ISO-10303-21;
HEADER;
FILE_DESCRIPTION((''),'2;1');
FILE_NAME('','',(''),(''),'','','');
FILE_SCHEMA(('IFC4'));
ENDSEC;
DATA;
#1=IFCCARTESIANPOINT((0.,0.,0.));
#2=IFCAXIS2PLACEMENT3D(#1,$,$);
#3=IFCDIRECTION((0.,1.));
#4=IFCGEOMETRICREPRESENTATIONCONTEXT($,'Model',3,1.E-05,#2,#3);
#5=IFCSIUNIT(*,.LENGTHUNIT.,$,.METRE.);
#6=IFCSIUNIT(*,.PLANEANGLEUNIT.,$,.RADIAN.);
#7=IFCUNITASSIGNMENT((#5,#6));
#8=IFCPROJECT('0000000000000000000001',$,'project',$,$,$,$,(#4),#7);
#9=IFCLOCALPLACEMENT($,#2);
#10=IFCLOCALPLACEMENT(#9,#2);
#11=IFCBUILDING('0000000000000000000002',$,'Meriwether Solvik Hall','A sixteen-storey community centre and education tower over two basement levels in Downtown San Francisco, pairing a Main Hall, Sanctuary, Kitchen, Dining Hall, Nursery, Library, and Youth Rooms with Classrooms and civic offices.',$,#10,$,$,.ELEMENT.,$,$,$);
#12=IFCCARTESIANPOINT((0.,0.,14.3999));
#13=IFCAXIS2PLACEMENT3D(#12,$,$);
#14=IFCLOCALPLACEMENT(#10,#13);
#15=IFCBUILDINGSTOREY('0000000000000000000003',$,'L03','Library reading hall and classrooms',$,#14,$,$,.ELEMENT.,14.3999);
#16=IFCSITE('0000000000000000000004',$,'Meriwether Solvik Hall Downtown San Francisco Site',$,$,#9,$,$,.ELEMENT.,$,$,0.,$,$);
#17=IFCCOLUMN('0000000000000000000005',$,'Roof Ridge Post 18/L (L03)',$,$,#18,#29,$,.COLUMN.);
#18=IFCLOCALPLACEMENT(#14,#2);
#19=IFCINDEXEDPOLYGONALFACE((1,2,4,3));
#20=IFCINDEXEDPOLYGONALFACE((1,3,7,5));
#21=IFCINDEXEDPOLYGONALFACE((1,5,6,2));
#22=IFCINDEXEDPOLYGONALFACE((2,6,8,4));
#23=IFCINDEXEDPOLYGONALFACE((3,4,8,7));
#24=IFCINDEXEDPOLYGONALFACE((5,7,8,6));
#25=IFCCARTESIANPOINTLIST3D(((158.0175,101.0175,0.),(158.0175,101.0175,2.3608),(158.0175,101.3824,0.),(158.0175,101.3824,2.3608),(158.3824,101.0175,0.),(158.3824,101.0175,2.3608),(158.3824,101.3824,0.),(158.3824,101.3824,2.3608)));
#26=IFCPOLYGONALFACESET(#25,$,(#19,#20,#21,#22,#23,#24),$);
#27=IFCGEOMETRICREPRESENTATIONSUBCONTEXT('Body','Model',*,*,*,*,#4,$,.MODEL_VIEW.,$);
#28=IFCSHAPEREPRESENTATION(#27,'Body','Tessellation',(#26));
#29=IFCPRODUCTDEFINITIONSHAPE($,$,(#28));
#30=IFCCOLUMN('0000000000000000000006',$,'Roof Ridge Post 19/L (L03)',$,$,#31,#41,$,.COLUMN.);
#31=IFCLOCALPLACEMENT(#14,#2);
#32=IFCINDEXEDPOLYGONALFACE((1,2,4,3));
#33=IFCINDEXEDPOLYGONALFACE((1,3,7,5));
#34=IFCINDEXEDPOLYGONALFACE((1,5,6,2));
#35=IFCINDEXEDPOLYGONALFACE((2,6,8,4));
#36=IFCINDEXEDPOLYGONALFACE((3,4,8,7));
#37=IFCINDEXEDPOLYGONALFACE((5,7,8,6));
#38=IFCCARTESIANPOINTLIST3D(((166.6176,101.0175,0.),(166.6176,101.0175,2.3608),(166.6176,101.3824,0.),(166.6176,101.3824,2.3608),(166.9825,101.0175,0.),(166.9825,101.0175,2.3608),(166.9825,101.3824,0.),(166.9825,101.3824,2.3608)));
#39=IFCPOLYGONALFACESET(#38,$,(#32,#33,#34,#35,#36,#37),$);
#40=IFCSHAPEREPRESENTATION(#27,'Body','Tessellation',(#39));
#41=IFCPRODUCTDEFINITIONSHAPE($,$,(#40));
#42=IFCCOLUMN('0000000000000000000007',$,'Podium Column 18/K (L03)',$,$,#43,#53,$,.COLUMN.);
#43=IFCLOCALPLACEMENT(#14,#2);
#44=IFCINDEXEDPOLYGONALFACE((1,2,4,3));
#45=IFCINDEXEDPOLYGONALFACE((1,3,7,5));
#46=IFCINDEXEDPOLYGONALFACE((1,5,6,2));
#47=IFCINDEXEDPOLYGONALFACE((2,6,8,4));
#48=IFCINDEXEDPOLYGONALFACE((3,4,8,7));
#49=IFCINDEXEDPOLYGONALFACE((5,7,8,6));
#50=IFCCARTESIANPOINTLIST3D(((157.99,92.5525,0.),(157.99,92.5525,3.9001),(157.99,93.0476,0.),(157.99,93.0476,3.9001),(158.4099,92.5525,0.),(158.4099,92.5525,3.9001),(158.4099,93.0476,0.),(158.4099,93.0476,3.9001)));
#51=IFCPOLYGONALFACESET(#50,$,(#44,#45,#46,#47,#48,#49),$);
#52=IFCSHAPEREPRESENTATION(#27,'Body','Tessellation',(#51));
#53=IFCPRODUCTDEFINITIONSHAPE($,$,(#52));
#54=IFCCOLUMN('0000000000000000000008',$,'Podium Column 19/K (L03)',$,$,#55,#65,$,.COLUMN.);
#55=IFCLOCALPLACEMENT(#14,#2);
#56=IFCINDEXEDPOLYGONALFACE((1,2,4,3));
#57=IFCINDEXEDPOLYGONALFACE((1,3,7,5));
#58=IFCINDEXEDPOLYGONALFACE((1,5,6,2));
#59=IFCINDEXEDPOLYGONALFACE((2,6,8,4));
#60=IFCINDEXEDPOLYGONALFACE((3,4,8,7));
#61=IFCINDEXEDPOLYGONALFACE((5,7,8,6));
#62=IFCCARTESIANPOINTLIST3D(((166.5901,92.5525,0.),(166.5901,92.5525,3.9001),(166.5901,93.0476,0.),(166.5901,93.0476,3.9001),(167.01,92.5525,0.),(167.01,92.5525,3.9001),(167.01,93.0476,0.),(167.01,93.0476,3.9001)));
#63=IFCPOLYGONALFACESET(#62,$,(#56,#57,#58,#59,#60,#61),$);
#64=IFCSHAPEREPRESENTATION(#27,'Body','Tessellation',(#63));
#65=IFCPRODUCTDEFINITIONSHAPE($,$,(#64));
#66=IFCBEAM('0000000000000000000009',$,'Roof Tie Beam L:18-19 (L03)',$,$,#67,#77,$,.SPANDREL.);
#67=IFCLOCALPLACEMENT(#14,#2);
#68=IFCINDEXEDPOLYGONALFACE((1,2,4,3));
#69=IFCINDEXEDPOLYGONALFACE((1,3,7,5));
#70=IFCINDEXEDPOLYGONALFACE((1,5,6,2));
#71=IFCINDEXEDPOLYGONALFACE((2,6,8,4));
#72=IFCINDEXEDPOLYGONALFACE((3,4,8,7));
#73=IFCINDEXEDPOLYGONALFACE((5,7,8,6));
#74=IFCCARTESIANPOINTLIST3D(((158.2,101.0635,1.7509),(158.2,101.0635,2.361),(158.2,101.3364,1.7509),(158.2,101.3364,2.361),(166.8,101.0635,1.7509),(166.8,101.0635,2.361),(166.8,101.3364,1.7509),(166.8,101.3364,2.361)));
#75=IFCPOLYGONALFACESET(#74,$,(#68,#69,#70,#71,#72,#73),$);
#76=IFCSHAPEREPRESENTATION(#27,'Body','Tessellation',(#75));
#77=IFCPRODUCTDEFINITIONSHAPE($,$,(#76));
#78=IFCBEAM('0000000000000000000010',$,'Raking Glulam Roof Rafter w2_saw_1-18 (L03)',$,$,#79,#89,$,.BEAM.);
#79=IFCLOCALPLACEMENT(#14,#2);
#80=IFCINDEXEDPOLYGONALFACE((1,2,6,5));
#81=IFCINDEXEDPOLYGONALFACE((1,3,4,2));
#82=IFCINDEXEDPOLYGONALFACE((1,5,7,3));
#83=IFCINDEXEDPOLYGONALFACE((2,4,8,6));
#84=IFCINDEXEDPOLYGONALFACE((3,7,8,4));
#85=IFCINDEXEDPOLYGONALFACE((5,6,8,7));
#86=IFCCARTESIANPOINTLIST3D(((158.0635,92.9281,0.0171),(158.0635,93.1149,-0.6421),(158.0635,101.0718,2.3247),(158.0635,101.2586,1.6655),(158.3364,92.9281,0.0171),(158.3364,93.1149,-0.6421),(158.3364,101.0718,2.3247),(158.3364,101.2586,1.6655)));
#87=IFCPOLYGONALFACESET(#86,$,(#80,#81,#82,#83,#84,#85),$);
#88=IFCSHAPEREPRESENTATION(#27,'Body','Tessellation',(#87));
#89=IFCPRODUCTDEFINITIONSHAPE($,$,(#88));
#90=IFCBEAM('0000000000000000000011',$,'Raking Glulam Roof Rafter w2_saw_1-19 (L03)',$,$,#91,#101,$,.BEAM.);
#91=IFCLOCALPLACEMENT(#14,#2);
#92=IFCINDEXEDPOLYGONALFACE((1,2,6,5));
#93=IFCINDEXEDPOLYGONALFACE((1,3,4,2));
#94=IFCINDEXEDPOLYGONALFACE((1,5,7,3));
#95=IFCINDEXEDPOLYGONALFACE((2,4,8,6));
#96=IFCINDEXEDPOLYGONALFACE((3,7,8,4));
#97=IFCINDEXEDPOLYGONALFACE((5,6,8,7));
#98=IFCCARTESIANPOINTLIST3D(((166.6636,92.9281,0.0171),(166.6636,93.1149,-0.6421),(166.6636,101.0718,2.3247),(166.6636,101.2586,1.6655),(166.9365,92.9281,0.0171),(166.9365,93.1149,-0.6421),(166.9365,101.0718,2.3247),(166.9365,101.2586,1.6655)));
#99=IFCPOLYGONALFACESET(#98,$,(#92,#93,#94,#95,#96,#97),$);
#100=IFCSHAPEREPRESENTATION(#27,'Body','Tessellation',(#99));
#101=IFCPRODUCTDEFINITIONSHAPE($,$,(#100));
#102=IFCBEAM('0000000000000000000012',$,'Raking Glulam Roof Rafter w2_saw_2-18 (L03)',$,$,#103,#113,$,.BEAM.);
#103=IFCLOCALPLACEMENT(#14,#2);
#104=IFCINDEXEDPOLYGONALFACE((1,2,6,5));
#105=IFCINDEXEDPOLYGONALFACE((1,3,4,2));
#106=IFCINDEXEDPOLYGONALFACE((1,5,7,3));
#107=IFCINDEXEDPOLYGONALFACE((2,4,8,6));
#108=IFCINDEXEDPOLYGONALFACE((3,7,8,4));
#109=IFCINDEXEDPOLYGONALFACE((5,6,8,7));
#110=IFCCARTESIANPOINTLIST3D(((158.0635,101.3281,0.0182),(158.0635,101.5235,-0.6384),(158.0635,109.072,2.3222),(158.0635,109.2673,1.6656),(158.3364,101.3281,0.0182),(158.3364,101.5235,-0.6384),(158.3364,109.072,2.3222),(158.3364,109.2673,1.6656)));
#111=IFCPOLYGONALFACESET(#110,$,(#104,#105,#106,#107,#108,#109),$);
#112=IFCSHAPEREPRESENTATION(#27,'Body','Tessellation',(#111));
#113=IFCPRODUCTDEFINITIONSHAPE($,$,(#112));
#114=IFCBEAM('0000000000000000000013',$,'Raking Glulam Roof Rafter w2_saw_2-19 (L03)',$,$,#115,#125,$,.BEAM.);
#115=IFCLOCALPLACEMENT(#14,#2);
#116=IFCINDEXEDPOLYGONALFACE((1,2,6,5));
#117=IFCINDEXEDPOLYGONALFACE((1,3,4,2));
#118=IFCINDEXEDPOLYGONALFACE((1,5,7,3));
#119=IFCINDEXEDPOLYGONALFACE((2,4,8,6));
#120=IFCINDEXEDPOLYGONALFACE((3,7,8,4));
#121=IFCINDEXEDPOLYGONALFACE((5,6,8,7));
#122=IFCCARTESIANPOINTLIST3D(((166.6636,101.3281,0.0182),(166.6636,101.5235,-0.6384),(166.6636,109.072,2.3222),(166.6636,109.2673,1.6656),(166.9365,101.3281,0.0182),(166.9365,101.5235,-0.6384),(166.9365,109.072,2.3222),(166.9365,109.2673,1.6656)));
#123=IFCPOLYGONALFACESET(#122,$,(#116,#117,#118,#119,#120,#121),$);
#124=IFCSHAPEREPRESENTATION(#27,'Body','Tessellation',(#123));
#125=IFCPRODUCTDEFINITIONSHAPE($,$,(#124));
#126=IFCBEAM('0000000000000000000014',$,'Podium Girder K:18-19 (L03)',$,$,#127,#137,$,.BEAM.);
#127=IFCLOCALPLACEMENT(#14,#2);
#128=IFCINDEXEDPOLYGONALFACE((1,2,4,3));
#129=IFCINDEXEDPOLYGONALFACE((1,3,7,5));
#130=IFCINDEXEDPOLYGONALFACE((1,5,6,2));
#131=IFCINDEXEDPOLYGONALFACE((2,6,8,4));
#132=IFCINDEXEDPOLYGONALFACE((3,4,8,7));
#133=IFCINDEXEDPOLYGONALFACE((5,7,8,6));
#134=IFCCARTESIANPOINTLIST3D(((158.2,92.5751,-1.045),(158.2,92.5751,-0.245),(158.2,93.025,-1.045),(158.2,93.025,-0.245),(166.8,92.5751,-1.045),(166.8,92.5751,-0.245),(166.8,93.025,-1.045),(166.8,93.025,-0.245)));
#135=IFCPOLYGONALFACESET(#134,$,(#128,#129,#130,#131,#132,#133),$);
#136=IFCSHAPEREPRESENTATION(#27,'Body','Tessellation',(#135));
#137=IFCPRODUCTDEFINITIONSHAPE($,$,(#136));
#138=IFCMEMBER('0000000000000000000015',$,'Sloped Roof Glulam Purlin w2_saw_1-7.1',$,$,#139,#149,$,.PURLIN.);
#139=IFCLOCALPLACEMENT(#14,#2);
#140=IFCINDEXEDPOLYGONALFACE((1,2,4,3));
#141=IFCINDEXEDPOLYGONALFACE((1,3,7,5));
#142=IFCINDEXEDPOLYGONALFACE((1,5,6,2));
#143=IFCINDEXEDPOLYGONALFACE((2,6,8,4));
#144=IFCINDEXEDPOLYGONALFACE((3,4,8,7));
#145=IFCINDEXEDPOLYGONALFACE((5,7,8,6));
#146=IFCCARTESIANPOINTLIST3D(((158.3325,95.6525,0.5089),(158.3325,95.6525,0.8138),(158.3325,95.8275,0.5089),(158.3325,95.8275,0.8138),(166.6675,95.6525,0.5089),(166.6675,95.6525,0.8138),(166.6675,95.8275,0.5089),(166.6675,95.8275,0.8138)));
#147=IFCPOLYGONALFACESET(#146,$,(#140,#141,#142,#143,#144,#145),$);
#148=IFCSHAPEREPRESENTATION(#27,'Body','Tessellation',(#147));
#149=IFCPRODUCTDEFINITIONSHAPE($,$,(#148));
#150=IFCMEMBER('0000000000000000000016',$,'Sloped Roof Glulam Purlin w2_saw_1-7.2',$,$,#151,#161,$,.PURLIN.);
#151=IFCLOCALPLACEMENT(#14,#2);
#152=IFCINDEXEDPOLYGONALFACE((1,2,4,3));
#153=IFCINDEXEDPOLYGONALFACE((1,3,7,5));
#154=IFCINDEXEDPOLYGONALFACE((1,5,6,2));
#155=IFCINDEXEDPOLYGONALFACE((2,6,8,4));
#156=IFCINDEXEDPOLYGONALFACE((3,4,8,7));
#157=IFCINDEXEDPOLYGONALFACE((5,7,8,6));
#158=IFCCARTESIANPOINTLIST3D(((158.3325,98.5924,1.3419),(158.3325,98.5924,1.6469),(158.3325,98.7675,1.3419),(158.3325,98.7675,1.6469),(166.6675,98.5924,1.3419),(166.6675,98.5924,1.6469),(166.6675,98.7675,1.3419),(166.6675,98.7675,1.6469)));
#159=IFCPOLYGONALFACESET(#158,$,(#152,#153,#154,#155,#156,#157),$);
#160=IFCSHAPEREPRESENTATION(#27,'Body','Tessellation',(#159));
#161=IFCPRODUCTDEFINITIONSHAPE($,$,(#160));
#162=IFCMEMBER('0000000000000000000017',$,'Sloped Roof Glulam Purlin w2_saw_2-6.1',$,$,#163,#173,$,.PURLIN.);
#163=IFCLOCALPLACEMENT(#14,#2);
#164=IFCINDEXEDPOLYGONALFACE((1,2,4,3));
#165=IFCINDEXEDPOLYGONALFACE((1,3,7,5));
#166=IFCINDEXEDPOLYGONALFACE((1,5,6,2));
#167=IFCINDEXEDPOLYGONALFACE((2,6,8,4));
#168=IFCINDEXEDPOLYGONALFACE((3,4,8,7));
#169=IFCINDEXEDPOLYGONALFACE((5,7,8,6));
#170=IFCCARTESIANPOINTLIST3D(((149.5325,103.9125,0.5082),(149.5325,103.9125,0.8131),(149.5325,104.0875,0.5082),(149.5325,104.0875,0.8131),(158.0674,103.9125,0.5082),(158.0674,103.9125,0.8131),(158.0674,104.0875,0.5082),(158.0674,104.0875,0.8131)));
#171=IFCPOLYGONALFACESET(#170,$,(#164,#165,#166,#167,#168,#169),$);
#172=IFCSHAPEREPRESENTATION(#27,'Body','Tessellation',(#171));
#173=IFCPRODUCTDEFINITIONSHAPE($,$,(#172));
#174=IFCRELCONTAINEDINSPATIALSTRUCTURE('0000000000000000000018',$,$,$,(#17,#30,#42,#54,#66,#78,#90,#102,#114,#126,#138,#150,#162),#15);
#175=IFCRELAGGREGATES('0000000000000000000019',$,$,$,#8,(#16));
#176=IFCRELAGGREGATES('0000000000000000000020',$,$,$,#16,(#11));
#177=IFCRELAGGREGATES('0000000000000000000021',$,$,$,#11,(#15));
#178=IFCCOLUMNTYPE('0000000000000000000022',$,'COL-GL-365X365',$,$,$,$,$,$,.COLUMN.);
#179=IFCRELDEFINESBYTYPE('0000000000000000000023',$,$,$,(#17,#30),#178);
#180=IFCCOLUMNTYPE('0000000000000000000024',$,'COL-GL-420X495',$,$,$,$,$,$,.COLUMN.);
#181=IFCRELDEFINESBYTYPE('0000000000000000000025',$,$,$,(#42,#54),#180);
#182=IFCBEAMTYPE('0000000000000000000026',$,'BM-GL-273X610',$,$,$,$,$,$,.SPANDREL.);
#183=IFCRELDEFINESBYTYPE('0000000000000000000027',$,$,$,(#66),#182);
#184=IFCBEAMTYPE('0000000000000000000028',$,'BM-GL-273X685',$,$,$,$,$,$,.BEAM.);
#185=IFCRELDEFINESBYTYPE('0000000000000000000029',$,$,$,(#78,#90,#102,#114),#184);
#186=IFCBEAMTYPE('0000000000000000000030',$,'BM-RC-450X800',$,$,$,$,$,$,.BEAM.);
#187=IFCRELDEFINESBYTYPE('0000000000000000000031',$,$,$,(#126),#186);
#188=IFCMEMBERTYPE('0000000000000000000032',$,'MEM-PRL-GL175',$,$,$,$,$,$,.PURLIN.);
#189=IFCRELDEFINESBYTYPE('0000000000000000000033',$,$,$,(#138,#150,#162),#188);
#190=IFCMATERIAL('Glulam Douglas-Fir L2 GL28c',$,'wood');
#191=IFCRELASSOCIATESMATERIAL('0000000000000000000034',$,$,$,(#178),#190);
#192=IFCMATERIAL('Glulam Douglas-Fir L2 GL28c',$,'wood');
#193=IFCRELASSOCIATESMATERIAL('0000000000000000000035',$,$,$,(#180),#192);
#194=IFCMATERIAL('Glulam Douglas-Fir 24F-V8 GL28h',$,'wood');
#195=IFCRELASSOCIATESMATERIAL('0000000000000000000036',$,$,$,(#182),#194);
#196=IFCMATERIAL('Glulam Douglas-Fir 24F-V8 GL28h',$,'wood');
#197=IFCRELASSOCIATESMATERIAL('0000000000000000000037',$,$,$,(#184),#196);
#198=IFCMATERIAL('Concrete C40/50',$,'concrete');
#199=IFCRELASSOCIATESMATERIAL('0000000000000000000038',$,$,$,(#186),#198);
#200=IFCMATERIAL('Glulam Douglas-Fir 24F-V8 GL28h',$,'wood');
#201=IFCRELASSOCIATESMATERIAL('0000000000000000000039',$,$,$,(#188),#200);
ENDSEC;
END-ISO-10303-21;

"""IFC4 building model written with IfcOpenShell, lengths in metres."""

from ifc_helpers import new_model, si_unit, direction, frame, origin, origin_2d, place, context, subcontext, project, spatial, rectangle, extrude, material, material_profile, profile_set, type_object, element, save


model = new_model("IFC4")

# Units and contexts
model_context = context("Model", 3, precision=1e-05, world=origin(), true_north=direction((0.0, 1.0)))
body_context = subcontext(model_context, "Body", "Model", "MODEL_VIEW")
ifc_project = project(units=[si_unit("LENGTHUNIT", "METRE"), si_unit("PLANEANGLEUNIT", "RADIAN")], contexts=[model_context])

# Site, building, storey
site_placement = place(None, origin())
site = spatial("IfcSite", under=ifc_project, at=site_placement, Name="Meriwether Solvik Hall Downtown San Francisco Site", CompositionType="ELEMENT", RefElevation=0.0)
building_placement = place(site_placement, origin())
building = spatial("IfcBuilding", under=site, at=building_placement, Name="Meriwether Solvik Hall", Description="A sixteen-storey community centre and education tower over two basement levels in Downtown San Francisco, pairing a Main Hall, Sanctuary, Kitchen, Dining Hall, Nursery, Library, and Youth Rooms with Classrooms and civic offices.", CompositionType="ELEMENT")
storey_placement = place(building_placement, frame((0.0, 0.0, 14.3999)))
storey = spatial("IfcBuildingStorey", under=building, at=storey_placement, Name="L03", Description="Library reading hall and classrooms", CompositionType="ELEMENT", Elevation=14.3999)

# Columns
ifc_material_1 = material(Name="Glulam Douglas-Fir L2 GL28c", Category="wood")
ifc_material_profile_1 = material_profile(ifc_material_1, rectangle(XDim=0.365, YDim=0.365, at=origin_2d()), Name="GLC-365X365")
ifc_profile_set_1 = profile_set([ifc_material_profile_1], Name="Glulam Douglas-Fir L2 GL28c")
column_type_1 = type_object("IfcColumnType", Name="COL-GL-365X365", PredefinedType="COLUMN", material=ifc_profile_set_1)
for number, where, z_axis, x_axis, name in (
    (1, (158.2, 101.2, 0.0), (0.0, 0.0, 1.0), (1.0, 0.0, 0.0), "Roof Ridge Post 18/L (L03)"),
    (2, (166.8, 101.2, 0.0), (0.0, 0.0, 1.0), (1.0, 0.0, 0.0), "Roof Ridge Post 19/L (L03)"),
):
    element("IfcColumn", number, at=place(storey_placement, frame(where, z_axis=z_axis, x_axis=x_axis)), inside=storey, type_object=column_type_1, Name=name, PredefinedType="COLUMN", context=body_context, shape_type="SweptSolid", body=[
        extrude(rectangle(XDim=0.365, YDim=0.365, at=origin_2d()), origin(), (0.0, 0.0, 1.0), 2.3608),
    ])
ifc_material_2 = material(Name="Glulam Douglas-Fir L2 GL28c", Category="wood")
ifc_material_profile_2 = material_profile(ifc_material_2, rectangle(XDim=0.4199, YDim=0.4951, at=origin_2d()), Name="GLC-420X495")
ifc_profile_set_2 = profile_set([ifc_material_profile_2], Name="Glulam Douglas-Fir L2 GL28c")
column_type_2 = type_object("IfcColumnType", Name="COL-GL-420X495", PredefinedType="COLUMN", material=ifc_profile_set_2)
for number, where, z_axis, x_axis, name in (
    (3, (158.2, 92.8, 0.0), (0.0, 0.0, 1.0), (1.0, 0.0, 0.0), "Podium Column 18/K (L03)"),
    (4, (166.8, 92.8, 0.0), (0.0, 0.0, 1.0), (1.0, 0.0, 0.0), "Podium Column 19/K (L03)"),
):
    element("IfcColumn", number, at=place(storey_placement, frame(where, z_axis=z_axis, x_axis=x_axis)), inside=storey, type_object=column_type_2, Name=name, PredefinedType="COLUMN", context=body_context, shape_type="SweptSolid", body=[
        extrude(rectangle(XDim=0.4199, YDim=0.4951, at=origin_2d()), origin(), (0.0, 0.0, 1.0), 3.9001),
    ])

# Beams
ifc_material_3 = material(Name="Glulam Douglas-Fir 24F-V8 GL28h", Category="wood")
ifc_material_profile_3 = material_profile(ifc_material_3, rectangle(XDim=0.2729, YDim=0.6101, at=origin_2d()), Name="GLB-273X610")
ifc_profile_set_3 = profile_set([ifc_material_profile_3], Name="Glulam Douglas-Fir 24F-V8 GL28h")
beam_type_1 = type_object("IfcBeamType", Name="BM-GL-273X610", PredefinedType="SPANDREL", material=ifc_profile_set_3)
beam_1_placement = place(storey_placement, frame((158.2, 101.2, 2.0559), z_axis=(1.0, 0.0, 0.0), x_axis=(0.0, 1.0, 0.0)))
element("IfcBeam", 5, at=beam_1_placement, inside=storey, type_object=beam_type_1, Name="Roof Tie Beam L:18-19 (L03)", PredefinedType="SPANDREL", context=body_context, shape_type="SweptSolid", body=[
    extrude(rectangle(XDim=0.2729, YDim=0.6101, at=origin_2d()), origin(), (0.0, 0.0, 1.0), 8.6001),
])
ifc_material_4 = material(Name="Glulam Douglas-Fir 24F-V8 GL28h", Category="wood")
ifc_material_profile_4 = material_profile(ifc_material_4, rectangle(XDim=0.2729, YDim=0.6851, at=origin_2d()), Name="GLB-273X685")
ifc_profile_set_4 = profile_set([ifc_material_profile_4], Name="Glulam Douglas-Fir 24F-V8 GL28h")
beam_type_2 = type_object("IfcBeamType", Name="BM-GL-273X685", PredefinedType="BEAM", material=ifc_profile_set_4)
for number, where, z_axis, x_axis, name in (
    (6, (158.2, 93.0215, -0.3125), (0.0, 0.96212, 0.272625), (-1.0, 0.0, 0.0), "Raking Glulam Roof Rafter w2_saw_1-18 (L03)"),
    (7, (166.8, 93.0215, -0.3125), (0.0, 0.96212, 0.272625), (-1.0, 0.0, 0.0), "Raking Glulam Roof Rafter w2_saw_1-19 (L03)"),
):
    element("IfcBeam", number, at=place(storey_placement, frame(where, z_axis=z_axis, x_axis=x_axis)), inside=storey, type_object=beam_type_2, Name=name, PredefinedType="BEAM", context=body_context, shape_type="SweptSolid", body=[
        extrude(rectangle(XDim=0.2729, YDim=0.6851, at=origin_2d()), origin(), (0.0, 0.0, 1.0), 8.4644),
    ])
for number, where, z_axis, x_axis, name in (
    (8, (158.2, 101.4258, -0.3101), (0.0, 0.958478, 0.285165), (-1.0, 0.0, 0.0), "Raking Glulam Roof Rafter w2_saw_2-18 (L03)"),
    (9, (166.8, 101.4258, -0.3101), (0.0, 0.958478, 0.285165), (-1.0, 0.0, 0.0), "Raking Glulam Roof Rafter w2_saw_2-19 (L03)"),
):
    element("IfcBeam", number, at=place(storey_placement, frame(where, z_axis=z_axis, x_axis=x_axis)), inside=storey, type_object=beam_type_2, Name=name, PredefinedType="BEAM", context=body_context, shape_type="SweptSolid", body=[
        extrude(rectangle(XDim=0.2729, YDim=0.6851, at=origin_2d()), origin(), (0.0, 0.0, 1.0), 8.0793),
    ])
ifc_material_5 = material(Name="Concrete C40/50", Category="concrete")
ifc_material_profile_5 = material_profile(ifc_material_5, rectangle(XDim=0.45, YDim=0.8, at=origin_2d()), Name="RCB-450X800")
ifc_profile_set_5 = profile_set([ifc_material_profile_5], Name="Concrete C40/50")
beam_type_3 = type_object("IfcBeamType", Name="BM-RC-450X800", PredefinedType="BEAM", material=ifc_profile_set_5)
beam_2_placement = place(storey_placement, frame((158.2, 92.8, -0.645), z_axis=(1.0, 0.0, 0.0), x_axis=(0.0, 1.0, 0.0)))
element("IfcBeam", 10, at=beam_2_placement, inside=storey, type_object=beam_type_3, Name="Podium Girder K:18-19 (L03)", PredefinedType="BEAM", context=body_context, shape_type="SweptSolid", body=[
    extrude(rectangle(XDim=0.45, YDim=0.8, at=origin_2d()), origin(), (0.0, 0.0, 1.0), 8.6001),
])

# Members
ifc_material_6 = material(Name="Glulam Douglas-Fir 24F-V8 GL28h", Category="wood")
ifc_material_profile_6 = material_profile(ifc_material_6, rectangle(XDim=0.175, YDim=0.3049, at=origin_2d()), Name="GLM-175X305")
ifc_profile_set_6 = profile_set([ifc_material_profile_6], Name="Glulam Douglas-Fir 24F-V8 GL28h")
member_type = type_object("IfcMemberType", Name="MEM-PRL-GL175", PredefinedType="PURLIN", material=ifc_profile_set_6)
for number, where, z_axis, x_axis, name in (
    (11, (158.3325, 95.74, 0.6614), (1.0, 0.0, 0.0), (0.0, 1.0, 0.0), "Sloped Roof Glulam Purlin w2_saw_1-7.1"),
    (12, (158.3325, 98.6799, 1.4944), (1.0, 0.0, 0.0), (0.0, 1.0, 0.0), "Sloped Roof Glulam Purlin w2_saw_1-7.2"),
):
    element("IfcMember", number, at=place(storey_placement, frame(where, z_axis=z_axis, x_axis=x_axis)), inside=storey, type_object=member_type, Name=name, PredefinedType="PURLIN", context=body_context, shape_type="SweptSolid", body=[
        extrude(rectangle(XDim=0.175, YDim=0.3049, at=origin_2d()), origin(), (0.0, 0.0, 1.0), 8.335),
    ])
member_placement = place(storey_placement, frame((149.5325, 104.0, 0.6606), z_axis=(1.0, 0.0, 0.0), x_axis=(0.0, 1.0, 0.0)))
element("IfcMember", 13, at=member_placement, inside=storey, type_object=member_type, Name="Sloped Roof Glulam Purlin w2_saw_2-6.1", PredefinedType="PURLIN", context=body_context, shape_type="SweptSolid", body=[
    extrude(rectangle(XDim=0.175, YDim=0.3049, at=origin_2d()), origin(), (0.0, 0.0, 1.0), 8.5349),
])

save(model, "model.ifc")
